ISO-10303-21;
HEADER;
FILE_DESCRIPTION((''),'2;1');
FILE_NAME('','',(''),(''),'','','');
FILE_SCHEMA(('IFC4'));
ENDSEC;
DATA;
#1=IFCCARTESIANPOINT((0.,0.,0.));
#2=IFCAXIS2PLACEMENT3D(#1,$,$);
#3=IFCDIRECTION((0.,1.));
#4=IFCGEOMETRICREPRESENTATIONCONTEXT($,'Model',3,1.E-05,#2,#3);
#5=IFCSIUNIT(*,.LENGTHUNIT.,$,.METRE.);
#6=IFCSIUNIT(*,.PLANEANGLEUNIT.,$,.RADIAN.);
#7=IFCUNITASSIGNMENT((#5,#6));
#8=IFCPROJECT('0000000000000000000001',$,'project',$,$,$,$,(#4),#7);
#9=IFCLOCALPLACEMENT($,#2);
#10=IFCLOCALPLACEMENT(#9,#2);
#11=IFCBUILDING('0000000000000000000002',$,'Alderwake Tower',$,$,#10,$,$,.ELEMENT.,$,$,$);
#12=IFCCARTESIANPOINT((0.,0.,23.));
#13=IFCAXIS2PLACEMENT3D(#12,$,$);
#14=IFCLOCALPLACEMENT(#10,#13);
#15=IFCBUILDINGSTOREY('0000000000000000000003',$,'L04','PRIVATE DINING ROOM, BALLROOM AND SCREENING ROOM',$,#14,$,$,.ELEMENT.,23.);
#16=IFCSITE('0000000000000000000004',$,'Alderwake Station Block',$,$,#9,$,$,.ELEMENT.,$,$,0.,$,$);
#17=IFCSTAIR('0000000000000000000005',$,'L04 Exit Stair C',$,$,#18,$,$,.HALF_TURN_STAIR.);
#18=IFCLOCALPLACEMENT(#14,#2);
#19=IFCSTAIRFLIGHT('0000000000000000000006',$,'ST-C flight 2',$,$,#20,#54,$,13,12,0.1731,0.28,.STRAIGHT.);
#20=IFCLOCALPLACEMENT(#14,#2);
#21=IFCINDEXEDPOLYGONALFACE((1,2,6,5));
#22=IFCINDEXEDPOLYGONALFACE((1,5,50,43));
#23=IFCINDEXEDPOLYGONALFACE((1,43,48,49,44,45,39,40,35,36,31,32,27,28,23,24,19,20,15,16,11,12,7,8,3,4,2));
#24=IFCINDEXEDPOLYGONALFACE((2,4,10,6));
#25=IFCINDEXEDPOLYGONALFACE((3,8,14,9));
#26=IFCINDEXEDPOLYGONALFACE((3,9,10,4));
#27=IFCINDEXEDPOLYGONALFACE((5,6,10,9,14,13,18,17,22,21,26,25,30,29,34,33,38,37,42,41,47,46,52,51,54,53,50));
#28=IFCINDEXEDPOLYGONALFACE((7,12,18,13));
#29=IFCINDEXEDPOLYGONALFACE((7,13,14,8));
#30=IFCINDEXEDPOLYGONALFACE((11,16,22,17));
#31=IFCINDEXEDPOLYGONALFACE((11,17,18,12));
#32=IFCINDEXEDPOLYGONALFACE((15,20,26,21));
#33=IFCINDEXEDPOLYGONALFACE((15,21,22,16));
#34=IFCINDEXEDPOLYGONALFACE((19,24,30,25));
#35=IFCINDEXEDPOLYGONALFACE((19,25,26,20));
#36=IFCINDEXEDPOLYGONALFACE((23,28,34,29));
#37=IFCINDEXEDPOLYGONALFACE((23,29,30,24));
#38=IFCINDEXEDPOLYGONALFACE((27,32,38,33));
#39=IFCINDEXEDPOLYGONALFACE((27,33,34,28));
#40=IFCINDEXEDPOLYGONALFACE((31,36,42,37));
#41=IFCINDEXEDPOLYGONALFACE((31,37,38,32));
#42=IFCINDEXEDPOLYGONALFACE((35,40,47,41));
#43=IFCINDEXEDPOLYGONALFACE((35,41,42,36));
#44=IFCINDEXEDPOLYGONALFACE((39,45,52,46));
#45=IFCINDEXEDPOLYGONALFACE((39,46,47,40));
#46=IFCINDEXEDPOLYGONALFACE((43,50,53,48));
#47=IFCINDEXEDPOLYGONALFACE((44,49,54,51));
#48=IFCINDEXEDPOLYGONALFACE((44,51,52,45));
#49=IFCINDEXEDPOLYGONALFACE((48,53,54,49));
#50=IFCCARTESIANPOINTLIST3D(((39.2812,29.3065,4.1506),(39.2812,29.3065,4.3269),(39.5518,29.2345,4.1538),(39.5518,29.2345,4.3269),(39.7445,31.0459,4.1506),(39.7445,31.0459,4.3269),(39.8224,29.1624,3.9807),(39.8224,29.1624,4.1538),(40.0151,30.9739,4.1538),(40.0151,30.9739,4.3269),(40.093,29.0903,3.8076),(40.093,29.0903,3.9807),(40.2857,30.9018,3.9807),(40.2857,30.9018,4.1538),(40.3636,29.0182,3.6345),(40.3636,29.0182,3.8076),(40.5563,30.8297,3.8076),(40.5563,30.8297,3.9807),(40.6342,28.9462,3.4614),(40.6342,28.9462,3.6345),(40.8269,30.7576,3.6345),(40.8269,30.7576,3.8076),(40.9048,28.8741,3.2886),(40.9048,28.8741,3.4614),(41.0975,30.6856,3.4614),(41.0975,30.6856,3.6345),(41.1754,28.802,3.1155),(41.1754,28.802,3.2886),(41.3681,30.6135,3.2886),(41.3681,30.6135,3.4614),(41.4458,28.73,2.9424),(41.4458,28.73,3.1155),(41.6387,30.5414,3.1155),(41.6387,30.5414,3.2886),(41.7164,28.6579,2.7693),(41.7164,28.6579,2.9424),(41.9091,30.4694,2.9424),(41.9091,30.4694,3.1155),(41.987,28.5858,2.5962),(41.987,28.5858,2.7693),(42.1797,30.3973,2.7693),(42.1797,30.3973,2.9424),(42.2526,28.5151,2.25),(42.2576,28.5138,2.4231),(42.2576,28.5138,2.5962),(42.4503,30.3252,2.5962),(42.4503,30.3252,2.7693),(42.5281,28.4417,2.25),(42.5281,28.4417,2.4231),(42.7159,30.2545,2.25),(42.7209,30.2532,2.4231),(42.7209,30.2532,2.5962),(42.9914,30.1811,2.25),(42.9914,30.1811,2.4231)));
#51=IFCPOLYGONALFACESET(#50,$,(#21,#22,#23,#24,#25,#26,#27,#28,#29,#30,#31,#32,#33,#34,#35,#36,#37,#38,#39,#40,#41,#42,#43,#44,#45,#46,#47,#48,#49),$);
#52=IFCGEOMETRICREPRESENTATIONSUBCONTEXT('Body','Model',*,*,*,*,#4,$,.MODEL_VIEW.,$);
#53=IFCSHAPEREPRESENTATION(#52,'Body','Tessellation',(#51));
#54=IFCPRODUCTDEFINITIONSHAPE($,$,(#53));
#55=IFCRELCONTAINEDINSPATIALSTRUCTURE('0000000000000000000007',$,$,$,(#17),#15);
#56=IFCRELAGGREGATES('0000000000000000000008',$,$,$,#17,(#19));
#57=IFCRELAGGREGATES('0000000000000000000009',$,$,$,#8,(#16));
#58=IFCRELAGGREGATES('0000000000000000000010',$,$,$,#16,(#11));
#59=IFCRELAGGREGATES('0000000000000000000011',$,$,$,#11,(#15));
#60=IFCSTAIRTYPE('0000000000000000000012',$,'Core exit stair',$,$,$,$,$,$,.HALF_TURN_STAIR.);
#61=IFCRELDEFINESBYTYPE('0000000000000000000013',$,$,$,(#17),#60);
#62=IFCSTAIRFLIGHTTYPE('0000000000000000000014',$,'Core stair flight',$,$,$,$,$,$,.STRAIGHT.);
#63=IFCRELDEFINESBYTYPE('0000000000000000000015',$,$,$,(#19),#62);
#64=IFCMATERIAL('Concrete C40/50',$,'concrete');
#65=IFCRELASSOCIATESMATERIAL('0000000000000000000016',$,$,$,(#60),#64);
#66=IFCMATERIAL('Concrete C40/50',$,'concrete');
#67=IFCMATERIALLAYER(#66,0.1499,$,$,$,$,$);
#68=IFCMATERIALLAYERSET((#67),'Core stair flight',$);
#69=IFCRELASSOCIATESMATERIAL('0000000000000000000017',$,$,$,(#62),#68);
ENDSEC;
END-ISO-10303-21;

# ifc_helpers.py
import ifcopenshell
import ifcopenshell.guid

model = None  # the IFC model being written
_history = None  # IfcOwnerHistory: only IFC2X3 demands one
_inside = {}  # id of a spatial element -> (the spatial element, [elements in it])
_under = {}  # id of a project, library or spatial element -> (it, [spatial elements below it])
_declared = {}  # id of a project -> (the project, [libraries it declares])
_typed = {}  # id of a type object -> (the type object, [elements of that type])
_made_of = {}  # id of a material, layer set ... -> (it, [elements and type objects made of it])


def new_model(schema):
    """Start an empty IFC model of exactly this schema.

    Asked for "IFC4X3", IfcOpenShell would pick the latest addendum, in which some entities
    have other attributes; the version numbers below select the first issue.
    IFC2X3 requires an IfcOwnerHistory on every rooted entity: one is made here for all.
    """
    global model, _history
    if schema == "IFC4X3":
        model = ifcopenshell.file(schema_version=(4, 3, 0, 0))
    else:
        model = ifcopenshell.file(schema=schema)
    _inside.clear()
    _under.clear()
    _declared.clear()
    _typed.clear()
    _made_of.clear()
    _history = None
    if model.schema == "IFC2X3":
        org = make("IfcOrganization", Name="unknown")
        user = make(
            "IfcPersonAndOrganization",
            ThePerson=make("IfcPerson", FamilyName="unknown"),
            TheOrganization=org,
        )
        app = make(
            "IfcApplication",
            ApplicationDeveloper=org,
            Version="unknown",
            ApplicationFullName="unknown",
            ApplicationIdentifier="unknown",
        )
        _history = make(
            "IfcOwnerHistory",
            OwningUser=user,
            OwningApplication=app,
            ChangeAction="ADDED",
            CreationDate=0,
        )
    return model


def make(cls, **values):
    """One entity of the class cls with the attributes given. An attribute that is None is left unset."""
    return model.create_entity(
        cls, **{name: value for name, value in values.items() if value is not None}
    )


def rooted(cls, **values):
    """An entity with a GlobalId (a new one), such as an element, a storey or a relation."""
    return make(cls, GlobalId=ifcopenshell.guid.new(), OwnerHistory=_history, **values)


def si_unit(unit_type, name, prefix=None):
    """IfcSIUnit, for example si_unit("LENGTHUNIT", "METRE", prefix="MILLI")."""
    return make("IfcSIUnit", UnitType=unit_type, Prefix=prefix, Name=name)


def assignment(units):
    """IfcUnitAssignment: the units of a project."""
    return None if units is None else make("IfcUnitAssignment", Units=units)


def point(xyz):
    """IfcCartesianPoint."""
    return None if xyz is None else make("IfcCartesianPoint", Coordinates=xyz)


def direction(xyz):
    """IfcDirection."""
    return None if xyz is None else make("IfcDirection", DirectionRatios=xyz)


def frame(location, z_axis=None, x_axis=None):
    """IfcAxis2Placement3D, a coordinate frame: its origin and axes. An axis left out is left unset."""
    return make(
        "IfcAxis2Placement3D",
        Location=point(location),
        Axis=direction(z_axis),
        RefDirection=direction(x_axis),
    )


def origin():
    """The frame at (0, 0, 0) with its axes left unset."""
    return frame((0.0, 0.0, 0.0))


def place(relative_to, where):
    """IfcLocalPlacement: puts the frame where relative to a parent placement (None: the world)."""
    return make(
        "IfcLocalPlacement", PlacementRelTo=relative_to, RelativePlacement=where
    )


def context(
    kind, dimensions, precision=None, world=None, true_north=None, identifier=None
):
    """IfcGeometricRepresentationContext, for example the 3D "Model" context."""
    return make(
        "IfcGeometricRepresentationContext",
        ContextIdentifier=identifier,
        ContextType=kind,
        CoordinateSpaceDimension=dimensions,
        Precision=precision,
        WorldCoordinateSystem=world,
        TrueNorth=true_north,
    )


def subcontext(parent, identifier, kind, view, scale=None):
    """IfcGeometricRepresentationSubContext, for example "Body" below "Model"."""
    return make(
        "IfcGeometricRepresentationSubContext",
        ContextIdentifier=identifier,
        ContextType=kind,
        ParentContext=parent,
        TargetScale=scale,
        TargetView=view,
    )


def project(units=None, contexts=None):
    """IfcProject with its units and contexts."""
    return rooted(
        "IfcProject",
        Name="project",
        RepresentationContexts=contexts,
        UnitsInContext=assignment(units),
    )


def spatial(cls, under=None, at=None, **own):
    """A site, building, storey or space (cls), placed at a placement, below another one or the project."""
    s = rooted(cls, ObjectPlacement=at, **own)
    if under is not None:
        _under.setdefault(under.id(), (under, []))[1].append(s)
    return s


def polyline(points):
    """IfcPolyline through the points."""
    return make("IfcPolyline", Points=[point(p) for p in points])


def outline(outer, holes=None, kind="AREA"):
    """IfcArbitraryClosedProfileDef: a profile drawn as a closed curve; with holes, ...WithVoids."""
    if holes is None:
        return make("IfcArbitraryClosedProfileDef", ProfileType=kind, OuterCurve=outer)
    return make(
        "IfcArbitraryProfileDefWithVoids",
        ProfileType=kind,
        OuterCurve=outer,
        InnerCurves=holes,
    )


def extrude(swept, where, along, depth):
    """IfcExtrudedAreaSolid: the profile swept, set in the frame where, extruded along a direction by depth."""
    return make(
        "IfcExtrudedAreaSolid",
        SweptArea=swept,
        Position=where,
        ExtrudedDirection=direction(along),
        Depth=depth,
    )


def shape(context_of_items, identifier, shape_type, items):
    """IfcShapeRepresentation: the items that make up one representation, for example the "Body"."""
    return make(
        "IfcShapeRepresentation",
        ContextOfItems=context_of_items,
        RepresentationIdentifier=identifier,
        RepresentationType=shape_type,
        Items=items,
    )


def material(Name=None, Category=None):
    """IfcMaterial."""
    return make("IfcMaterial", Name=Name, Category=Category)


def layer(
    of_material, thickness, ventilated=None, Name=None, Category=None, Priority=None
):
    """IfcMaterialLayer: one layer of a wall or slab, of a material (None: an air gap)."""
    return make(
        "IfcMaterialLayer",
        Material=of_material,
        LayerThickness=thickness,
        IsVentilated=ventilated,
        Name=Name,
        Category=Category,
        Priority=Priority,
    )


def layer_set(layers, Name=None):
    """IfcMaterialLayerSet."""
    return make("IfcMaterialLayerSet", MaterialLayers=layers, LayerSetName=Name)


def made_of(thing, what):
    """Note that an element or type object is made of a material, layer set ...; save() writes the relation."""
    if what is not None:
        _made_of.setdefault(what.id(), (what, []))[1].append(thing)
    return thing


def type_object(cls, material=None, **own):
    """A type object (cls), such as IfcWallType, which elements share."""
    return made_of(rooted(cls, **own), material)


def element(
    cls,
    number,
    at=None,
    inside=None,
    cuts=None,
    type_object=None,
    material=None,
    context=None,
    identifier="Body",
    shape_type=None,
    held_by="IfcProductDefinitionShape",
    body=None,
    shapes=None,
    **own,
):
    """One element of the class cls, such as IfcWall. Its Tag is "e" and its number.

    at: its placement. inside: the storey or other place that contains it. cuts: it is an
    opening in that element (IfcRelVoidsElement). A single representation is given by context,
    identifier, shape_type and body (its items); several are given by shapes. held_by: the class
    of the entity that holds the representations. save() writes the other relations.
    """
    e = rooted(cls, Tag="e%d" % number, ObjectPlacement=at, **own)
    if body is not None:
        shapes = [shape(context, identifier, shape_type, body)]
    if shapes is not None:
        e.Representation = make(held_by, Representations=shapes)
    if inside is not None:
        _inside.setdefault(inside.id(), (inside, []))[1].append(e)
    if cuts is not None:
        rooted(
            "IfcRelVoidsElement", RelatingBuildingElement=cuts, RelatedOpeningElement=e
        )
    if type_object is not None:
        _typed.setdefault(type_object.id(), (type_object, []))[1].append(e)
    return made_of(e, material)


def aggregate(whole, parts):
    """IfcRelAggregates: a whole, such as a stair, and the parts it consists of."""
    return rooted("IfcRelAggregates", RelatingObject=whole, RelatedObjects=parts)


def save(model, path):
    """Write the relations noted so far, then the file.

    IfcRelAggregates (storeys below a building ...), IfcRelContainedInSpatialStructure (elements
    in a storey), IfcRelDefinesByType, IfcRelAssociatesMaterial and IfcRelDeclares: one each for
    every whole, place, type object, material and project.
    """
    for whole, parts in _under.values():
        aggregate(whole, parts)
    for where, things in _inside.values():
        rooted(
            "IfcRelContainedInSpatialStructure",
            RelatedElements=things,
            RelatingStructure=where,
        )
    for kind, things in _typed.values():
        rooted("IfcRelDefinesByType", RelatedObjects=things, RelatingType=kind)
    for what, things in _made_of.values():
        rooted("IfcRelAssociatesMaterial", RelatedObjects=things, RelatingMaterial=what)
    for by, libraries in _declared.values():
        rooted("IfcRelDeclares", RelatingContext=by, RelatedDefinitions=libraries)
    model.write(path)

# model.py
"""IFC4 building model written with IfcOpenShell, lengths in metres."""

from ifc_helpers import new_model, si_unit, direction, frame, origin, place, context, subcontext, project, spatial, polyline, outline, extrude, material, layer, layer_set, type_object, element, aggregate, save


model = new_model("IFC4")

# Units and contexts
model_context = context("Model", 3, precision=1e-05, world=origin(), true_north=direction((0.0, 1.0)))
body_context = subcontext(model_context, "Body", "Model", "MODEL_VIEW")
ifc_project = project(units=[si_unit("LENGTHUNIT", "METRE"), si_unit("PLANEANGLEUNIT", "RADIAN")], contexts=[model_context])

# Site, building, storey
site_placement = place(None, origin())
site = spatial("IfcSite", under=ifc_project, at=site_placement, Name="Alderwake Station Block", CompositionType="ELEMENT", RefElevation=0.0)
building_placement = place(site_placement, origin())
building = spatial("IfcBuilding", under=site, at=building_placement, Name="Alderwake Tower", CompositionType="ELEMENT")
storey_placement = place(building_placement, frame((0.0, 0.0, 23.0)))
storey = spatial("IfcBuildingStorey", under=building, at=storey_placement, Name="L04", Description="PRIVATE DINING ROOM, BALLROOM AND SCREENING ROOM", CompositionType="ELEMENT", Elevation=23.0)

# Stair, stair flight
ifc_material_1 = material(Name="Concrete C40/50", Category="concrete")
stair_type = type_object("IfcStairType", Name="Core exit stair", PredefinedType="HALF_TURN_STAIR", material=ifc_material_1)
stair_placement = place(storey_placement, origin())
stair = element("IfcStair", 1, at=stair_placement, inside=storey, type_object=stair_type, Name="L04 Exit Stair C", PredefinedType="HALF_TURN_STAIR")
ifc_material_2 = material(Name="Concrete C40/50", Category="concrete")
ifc_layer_1 = layer(ifc_material_2, 0.1499)
ifc_layer_set_1 = layer_set([ifc_layer_1], Name="Core stair flight")
stair_flight_type = type_object("IfcStairFlightType", Name="Core stair flight", PredefinedType="STRAIGHT", material=ifc_layer_set_1)
stair_flight_placement = place(storey_placement, frame((42.7598, 29.3113, 2.25), z_axis=(0.0, 0.0, 1.0), x_axis=(-0.96631, 0.257382, 0.0)))
stair_flight = element("IfcStairFlight", 2, at=stair_flight_placement, type_object=stair_flight_type, Name="ST-C flight 2", NumberOfRisers=13, NumberOfTreads=12, PredefinedType="STRAIGHT", RiserHeight=0.1731, TreadLength=0.28, context=body_context, shape_type="SweptSolid", body=[
    extrude(outline(polyline([(0.0, 0.0), (0.0, 0.1731), (0.28, 0.1731), (0.28, 0.3462), (0.5601, 0.3462), (0.5601, 0.5193), (0.8401, 0.5193), (0.8401, 0.6924), (1.1201, 0.6924), (1.1201, 0.8655), (1.3999, 0.8655), (1.3999, 1.0386), (1.6799, 1.0386), (1.6799, 1.2114), (1.96, 1.2114), (1.96, 1.3845), (2.24, 1.3845), (2.24, 1.5576), (2.52, 1.5576), (2.52, 1.7307), (2.8, 1.7307), (2.8, 1.9038), (3.0801, 1.9038), (3.0801, 2.0769), (3.3601, 2.0769), (3.3601, 2.25), (3.3601, 1.9006), (0.2852, 0.0), (0.0, 0.0)])), frame((0.0, 0.8999, 0.0), z_axis=(0.0, -1.0, 0.0), x_axis=(1.0, 0.0, 0.0)), (0.0, 0.0, 1.0), 1.8),
])
aggregate(stair, [stair_flight])

save(model, "model.ifc")
